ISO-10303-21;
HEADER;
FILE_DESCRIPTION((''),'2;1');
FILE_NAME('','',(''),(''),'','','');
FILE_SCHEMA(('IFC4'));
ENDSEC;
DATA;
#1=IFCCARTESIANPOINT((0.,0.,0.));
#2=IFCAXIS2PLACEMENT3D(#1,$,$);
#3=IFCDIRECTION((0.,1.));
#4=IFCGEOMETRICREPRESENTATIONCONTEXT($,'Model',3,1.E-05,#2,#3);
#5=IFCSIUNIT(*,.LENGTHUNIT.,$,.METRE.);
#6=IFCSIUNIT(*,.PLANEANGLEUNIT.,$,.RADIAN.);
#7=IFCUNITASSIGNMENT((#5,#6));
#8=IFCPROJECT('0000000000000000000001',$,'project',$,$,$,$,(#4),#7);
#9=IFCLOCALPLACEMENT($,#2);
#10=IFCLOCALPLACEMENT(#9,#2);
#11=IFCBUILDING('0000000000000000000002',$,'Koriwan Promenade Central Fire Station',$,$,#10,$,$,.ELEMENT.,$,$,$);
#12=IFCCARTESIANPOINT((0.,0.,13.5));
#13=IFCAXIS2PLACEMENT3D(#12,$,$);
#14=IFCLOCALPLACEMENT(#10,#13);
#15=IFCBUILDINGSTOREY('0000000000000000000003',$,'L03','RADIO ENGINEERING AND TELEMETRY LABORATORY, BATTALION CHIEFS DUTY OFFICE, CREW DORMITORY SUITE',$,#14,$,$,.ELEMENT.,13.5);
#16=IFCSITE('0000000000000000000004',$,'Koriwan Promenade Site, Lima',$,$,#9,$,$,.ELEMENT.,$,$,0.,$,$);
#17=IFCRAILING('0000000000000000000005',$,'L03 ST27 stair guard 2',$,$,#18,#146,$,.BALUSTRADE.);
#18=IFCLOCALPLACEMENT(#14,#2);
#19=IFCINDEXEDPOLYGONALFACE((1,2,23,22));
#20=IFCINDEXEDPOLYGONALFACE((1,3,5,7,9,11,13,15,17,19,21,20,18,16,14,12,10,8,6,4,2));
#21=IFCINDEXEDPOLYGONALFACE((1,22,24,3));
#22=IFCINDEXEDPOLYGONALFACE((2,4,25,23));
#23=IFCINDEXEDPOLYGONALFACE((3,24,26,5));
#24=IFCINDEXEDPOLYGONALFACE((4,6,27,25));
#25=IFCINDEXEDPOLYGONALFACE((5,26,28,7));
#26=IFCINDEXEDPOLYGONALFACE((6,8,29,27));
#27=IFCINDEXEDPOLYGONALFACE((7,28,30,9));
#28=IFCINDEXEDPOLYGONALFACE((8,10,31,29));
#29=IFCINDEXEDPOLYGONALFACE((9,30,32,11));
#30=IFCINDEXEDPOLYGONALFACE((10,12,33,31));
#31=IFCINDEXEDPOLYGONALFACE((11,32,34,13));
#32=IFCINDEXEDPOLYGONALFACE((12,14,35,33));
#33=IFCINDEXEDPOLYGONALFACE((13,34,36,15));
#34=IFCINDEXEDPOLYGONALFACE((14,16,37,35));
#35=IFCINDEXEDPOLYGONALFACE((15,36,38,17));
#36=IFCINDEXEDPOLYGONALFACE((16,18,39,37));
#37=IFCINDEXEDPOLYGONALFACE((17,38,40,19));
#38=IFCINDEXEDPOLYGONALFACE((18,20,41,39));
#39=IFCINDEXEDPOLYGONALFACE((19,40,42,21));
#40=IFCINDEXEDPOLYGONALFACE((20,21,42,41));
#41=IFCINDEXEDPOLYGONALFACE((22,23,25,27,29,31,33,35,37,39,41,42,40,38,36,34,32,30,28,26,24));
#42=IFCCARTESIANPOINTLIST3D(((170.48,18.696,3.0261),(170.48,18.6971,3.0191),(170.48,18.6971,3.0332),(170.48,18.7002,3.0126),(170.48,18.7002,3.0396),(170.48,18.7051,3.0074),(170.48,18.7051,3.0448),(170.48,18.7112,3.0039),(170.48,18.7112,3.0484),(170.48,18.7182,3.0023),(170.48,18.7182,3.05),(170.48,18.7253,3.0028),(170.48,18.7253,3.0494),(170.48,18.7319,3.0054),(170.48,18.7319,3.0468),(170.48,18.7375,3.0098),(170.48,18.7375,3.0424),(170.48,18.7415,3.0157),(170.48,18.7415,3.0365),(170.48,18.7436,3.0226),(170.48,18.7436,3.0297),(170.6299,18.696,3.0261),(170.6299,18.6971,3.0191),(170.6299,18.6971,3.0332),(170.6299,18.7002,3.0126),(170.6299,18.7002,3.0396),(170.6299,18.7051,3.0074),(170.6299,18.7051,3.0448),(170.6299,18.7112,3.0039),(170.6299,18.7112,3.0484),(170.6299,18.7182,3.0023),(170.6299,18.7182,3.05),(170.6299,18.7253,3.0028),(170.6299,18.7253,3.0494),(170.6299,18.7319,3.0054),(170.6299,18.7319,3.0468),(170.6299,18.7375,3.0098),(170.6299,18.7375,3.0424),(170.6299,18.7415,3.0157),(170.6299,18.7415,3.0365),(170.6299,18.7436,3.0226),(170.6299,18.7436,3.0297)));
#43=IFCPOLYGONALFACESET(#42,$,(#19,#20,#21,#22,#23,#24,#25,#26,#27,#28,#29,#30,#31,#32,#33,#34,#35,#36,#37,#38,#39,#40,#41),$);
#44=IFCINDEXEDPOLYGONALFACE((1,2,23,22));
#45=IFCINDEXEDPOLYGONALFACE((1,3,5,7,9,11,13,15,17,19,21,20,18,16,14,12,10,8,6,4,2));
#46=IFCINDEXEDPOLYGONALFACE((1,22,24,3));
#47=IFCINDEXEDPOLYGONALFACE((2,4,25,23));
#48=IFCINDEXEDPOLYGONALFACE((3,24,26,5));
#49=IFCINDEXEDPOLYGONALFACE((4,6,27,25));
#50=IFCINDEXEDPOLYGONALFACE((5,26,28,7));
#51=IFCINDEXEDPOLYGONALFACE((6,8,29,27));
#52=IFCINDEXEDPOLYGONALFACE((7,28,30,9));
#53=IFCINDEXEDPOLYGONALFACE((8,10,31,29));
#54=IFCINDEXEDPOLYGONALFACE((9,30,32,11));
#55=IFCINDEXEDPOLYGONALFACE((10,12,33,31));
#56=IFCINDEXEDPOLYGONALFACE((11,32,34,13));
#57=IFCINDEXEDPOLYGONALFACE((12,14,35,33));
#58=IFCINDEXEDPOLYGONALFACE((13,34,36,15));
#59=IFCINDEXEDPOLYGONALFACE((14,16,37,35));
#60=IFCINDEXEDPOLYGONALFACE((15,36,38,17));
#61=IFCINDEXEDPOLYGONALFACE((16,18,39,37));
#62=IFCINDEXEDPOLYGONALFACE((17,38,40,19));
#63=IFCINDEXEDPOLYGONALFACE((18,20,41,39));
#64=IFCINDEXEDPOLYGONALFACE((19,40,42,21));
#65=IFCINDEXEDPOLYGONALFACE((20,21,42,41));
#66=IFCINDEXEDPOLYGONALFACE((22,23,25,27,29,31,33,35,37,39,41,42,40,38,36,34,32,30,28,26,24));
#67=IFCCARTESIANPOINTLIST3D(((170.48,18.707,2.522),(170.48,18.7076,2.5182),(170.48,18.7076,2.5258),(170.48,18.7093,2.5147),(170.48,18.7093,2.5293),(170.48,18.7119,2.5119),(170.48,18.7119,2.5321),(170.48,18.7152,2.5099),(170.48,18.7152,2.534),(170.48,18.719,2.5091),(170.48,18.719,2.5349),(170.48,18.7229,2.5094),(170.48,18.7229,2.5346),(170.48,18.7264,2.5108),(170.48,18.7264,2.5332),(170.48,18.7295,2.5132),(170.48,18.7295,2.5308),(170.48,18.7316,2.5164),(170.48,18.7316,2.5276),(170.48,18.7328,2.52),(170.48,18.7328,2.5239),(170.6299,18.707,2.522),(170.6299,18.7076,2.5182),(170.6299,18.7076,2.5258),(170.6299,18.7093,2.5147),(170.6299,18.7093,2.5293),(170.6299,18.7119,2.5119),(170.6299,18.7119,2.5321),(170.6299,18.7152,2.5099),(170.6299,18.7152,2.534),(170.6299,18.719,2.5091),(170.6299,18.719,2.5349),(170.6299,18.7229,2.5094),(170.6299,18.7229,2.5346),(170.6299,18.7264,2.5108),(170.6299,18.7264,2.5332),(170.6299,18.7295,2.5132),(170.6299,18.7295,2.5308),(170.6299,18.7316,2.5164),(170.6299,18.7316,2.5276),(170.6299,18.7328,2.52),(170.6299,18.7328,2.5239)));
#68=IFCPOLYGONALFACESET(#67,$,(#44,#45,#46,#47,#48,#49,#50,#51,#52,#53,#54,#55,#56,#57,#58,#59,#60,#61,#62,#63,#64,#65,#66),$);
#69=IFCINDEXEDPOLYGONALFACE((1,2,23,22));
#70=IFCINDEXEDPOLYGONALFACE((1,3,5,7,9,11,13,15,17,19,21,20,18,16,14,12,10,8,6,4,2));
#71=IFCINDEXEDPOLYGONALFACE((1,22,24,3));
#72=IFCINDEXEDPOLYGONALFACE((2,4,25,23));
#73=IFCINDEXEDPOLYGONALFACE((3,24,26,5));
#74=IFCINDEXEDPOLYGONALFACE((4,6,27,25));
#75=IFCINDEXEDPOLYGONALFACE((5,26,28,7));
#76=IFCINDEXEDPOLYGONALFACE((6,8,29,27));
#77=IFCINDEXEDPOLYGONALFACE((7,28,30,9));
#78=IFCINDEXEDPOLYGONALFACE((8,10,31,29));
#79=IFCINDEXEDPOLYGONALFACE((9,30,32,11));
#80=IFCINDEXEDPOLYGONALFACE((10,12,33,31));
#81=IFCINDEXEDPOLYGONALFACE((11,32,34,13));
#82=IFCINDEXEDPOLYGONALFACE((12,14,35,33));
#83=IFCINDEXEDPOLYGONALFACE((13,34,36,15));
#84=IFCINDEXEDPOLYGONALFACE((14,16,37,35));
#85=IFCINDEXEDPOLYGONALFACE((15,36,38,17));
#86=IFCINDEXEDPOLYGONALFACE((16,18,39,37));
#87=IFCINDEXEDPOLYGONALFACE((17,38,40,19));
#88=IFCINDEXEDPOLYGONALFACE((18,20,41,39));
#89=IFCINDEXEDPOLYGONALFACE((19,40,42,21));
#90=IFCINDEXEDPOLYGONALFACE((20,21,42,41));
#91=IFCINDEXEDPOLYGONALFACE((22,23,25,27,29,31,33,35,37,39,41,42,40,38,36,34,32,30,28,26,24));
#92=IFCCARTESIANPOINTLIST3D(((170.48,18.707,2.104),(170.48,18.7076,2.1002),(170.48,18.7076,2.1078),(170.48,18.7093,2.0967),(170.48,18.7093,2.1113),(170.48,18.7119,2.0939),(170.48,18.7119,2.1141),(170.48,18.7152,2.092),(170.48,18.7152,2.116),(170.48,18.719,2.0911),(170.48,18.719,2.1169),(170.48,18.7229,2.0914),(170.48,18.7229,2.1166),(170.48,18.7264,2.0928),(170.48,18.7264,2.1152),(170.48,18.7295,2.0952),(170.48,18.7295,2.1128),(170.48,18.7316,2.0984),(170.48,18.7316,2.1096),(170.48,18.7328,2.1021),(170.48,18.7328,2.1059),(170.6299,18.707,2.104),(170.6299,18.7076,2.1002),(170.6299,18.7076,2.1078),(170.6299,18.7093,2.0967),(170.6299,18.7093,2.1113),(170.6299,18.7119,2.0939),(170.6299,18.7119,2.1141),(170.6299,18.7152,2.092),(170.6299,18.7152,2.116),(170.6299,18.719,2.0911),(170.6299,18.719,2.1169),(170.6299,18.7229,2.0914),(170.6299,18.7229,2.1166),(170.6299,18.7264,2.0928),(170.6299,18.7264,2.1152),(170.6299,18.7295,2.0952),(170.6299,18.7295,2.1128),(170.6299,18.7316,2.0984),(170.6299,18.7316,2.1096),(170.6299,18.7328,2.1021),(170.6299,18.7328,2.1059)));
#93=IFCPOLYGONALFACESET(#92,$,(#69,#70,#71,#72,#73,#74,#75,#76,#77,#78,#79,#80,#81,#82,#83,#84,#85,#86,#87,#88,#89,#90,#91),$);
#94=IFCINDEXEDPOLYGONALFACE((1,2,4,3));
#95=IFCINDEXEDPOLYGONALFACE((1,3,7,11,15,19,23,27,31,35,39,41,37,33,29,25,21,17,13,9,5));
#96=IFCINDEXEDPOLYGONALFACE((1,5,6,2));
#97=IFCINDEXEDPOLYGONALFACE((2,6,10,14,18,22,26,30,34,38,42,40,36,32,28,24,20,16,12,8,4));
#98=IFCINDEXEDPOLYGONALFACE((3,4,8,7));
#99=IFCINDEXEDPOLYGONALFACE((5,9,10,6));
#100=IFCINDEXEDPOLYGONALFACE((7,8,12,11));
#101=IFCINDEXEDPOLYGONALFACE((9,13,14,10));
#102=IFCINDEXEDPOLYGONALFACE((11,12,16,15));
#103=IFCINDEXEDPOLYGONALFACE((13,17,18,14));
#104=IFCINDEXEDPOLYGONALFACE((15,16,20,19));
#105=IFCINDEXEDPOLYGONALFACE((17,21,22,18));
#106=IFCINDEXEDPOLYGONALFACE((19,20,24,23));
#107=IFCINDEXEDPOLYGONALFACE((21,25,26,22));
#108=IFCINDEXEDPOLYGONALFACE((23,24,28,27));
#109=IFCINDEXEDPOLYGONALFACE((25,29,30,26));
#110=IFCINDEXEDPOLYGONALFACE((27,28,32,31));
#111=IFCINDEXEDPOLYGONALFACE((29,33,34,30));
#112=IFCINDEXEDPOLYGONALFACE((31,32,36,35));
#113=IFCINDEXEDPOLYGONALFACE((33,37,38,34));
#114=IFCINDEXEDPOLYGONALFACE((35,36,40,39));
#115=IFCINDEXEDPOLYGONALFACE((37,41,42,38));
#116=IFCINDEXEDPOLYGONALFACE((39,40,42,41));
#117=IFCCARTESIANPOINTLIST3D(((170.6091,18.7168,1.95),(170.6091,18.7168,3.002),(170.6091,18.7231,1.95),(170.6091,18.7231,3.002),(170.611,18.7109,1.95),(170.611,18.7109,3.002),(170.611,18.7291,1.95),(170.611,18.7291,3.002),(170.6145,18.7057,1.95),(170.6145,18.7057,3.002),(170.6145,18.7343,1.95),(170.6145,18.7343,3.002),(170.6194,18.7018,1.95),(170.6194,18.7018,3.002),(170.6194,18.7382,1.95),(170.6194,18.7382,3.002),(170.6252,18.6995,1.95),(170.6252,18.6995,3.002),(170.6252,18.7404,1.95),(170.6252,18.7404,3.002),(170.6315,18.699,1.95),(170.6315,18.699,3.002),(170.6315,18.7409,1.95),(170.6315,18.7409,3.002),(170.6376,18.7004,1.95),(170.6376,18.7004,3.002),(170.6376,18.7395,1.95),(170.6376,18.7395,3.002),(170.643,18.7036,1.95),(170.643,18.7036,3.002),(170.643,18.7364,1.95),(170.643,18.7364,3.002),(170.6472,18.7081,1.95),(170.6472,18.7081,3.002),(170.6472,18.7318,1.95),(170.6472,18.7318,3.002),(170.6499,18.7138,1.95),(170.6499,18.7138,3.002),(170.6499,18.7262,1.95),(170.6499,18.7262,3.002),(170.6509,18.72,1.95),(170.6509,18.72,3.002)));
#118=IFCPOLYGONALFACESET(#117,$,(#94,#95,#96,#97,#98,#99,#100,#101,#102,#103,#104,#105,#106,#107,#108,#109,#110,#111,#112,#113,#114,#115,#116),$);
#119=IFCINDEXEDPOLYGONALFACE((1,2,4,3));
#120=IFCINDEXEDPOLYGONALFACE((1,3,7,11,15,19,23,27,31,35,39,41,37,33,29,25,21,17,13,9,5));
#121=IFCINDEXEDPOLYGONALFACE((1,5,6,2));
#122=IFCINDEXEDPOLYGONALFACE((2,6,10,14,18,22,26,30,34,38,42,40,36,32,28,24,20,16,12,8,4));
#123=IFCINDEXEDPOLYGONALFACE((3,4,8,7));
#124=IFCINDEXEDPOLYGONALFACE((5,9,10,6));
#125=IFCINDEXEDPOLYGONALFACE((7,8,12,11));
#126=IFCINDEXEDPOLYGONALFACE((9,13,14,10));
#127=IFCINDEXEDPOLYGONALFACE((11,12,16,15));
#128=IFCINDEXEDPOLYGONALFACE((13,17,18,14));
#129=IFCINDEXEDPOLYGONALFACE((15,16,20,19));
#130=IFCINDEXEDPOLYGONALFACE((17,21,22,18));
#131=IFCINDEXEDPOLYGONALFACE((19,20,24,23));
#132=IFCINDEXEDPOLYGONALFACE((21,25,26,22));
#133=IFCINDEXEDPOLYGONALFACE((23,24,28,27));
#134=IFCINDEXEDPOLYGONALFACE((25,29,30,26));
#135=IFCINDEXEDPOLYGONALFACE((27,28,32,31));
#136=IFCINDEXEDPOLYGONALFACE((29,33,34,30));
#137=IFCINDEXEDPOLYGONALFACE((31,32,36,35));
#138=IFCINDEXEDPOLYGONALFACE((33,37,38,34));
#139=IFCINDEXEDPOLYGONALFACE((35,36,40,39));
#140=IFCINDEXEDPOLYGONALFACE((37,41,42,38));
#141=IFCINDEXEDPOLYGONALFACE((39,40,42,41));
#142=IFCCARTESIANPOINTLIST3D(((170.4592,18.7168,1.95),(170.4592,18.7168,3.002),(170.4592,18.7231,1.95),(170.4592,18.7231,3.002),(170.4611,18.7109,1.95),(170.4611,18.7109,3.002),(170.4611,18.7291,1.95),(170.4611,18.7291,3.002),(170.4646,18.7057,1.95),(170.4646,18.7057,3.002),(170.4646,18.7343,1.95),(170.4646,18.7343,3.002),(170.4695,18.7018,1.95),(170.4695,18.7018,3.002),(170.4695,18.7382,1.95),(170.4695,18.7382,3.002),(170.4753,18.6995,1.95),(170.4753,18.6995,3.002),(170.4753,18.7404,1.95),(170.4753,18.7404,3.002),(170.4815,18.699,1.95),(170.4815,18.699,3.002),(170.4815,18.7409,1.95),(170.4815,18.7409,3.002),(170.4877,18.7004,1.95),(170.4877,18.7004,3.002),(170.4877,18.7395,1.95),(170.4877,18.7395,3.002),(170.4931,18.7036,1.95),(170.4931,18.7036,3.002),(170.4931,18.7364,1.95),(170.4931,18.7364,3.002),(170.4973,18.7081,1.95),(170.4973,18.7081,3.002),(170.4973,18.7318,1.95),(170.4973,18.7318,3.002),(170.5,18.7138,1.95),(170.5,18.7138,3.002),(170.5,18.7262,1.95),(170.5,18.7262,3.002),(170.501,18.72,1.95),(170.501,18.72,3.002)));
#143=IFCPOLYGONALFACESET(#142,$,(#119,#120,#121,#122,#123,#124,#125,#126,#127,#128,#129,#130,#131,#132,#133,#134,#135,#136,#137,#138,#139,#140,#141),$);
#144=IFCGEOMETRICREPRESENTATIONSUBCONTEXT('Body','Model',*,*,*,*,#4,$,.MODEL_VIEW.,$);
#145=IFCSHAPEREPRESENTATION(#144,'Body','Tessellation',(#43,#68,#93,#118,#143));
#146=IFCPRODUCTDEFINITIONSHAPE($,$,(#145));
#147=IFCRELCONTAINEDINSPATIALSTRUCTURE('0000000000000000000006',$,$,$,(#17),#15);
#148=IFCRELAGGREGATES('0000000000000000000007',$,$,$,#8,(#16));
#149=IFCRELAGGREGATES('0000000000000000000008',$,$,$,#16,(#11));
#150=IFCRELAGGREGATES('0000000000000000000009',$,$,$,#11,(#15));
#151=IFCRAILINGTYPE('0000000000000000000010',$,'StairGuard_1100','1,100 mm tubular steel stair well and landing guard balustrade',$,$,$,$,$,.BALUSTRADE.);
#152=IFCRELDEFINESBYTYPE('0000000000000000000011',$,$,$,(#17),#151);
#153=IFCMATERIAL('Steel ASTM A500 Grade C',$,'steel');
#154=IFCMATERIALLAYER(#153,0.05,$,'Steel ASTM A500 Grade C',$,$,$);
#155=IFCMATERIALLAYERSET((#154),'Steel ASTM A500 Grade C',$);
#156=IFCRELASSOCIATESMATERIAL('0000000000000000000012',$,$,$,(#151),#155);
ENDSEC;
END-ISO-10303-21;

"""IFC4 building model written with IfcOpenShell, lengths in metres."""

from ifc_helpers import new_model, si_unit, direction, frame, origin, origin_2d, place, context, subcontext, project, spatial, circle, extrude, material, layer, layer_set, type_object, element, save


model = new_model("IFC4")

# Units and contexts
model_context = context("Model", 3, precision=1e-05, world=origin(), true_north=direction((0.0, 1.0)))
body_context = subcontext(model_context, "Body", "Model", "MODEL_VIEW")
ifc_project = project(units=[si_unit("LENGTHUNIT", "METRE"), si_unit("PLANEANGLEUNIT", "RADIAN")], contexts=[model_context])

# Site, building, storey
site_placement = place(None, origin())
site = spatial("IfcSite", under=ifc_project, at=site_placement, Name="Koriwan Promenade Site, Lima", CompositionType="ELEMENT", RefElevation=0.0)
building_placement = place(site_placement, origin())
building = spatial("IfcBuilding", under=site, at=building_placement, Name="Koriwan Promenade Central Fire Station", CompositionType="ELEMENT")
storey_placement = place(building_placement, frame((0.0, 0.0, 13.5)))
storey = spatial("IfcBuildingStorey", under=building, at=storey_placement, Name="L03", Description="RADIO ENGINEERING AND TELEMETRY LABORATORY, BATTALION CHIEFS DUTY OFFICE, CREW DORMITORY SUITE", CompositionType="ELEMENT", Elevation=13.5)

# Railing
ifc_material_1 = material(Name="Steel ASTM A500 Grade C", Category="steel")
ifc_layer_1 = layer(ifc_material_1, 0.05, Name="Steel ASTM A500 Grade C")
ifc_layer_set_1 = layer_set([ifc_layer_1], Name="Steel ASTM A500 Grade C")
railing_type = type_object("IfcRailingType", Name="StairGuard_1100", Description="1,100 mm tubular steel stair well and landing guard balustrade", PredefinedType="BALUSTRADE", material=ifc_layer_set_1)
railing_1_placement = place(storey_placement, frame((170.6299, 18.72, 1.95)))
element("IfcRailing", 1, at=railing_1_placement, inside=storey, type_object=railing_type, Name="L03 ST27 stair guard 2", PredefinedType="BALUSTRADE", context=body_context, shape_type="SweptSolid", body=[
    extrude(circle(Radius=0.0239, at=origin_2d()), frame((0.0, 0.0, 1.0762), z_axis=(-1.0, 0.0, 0.0), x_axis=(0.0, -1.0, 0.0)), (0.0, 0.0, 1.0), 0.1499),
    extrude(circle(Radius=0.0129, at=origin_2d()), frame((0.0, 0.0, 0.572), z_axis=(-1.0, 0.0, 0.0), x_axis=(0.0, -1.0, 0.0)), (0.0, 0.0, 1.0), 0.1499),
    extrude(circle(Radius=0.0129, at=origin_2d()), frame((0.0, 0.0, 0.1541), z_axis=(-1.0, 0.0, 0.0), x_axis=(0.0, -1.0, 0.0)), (0.0, 0.0, 1.0), 0.1499),
    extrude(circle(Radius=0.021, at=origin_2d()), origin(), (0.0, 0.0, 1.0), 1.052),
    extrude(circle(Radius=0.021, at=origin_2d()), frame((-0.1499, 0.0, 0.0)), (0.0, 0.0, 1.0), 1.052),
])

save(model, "model.ifc")
